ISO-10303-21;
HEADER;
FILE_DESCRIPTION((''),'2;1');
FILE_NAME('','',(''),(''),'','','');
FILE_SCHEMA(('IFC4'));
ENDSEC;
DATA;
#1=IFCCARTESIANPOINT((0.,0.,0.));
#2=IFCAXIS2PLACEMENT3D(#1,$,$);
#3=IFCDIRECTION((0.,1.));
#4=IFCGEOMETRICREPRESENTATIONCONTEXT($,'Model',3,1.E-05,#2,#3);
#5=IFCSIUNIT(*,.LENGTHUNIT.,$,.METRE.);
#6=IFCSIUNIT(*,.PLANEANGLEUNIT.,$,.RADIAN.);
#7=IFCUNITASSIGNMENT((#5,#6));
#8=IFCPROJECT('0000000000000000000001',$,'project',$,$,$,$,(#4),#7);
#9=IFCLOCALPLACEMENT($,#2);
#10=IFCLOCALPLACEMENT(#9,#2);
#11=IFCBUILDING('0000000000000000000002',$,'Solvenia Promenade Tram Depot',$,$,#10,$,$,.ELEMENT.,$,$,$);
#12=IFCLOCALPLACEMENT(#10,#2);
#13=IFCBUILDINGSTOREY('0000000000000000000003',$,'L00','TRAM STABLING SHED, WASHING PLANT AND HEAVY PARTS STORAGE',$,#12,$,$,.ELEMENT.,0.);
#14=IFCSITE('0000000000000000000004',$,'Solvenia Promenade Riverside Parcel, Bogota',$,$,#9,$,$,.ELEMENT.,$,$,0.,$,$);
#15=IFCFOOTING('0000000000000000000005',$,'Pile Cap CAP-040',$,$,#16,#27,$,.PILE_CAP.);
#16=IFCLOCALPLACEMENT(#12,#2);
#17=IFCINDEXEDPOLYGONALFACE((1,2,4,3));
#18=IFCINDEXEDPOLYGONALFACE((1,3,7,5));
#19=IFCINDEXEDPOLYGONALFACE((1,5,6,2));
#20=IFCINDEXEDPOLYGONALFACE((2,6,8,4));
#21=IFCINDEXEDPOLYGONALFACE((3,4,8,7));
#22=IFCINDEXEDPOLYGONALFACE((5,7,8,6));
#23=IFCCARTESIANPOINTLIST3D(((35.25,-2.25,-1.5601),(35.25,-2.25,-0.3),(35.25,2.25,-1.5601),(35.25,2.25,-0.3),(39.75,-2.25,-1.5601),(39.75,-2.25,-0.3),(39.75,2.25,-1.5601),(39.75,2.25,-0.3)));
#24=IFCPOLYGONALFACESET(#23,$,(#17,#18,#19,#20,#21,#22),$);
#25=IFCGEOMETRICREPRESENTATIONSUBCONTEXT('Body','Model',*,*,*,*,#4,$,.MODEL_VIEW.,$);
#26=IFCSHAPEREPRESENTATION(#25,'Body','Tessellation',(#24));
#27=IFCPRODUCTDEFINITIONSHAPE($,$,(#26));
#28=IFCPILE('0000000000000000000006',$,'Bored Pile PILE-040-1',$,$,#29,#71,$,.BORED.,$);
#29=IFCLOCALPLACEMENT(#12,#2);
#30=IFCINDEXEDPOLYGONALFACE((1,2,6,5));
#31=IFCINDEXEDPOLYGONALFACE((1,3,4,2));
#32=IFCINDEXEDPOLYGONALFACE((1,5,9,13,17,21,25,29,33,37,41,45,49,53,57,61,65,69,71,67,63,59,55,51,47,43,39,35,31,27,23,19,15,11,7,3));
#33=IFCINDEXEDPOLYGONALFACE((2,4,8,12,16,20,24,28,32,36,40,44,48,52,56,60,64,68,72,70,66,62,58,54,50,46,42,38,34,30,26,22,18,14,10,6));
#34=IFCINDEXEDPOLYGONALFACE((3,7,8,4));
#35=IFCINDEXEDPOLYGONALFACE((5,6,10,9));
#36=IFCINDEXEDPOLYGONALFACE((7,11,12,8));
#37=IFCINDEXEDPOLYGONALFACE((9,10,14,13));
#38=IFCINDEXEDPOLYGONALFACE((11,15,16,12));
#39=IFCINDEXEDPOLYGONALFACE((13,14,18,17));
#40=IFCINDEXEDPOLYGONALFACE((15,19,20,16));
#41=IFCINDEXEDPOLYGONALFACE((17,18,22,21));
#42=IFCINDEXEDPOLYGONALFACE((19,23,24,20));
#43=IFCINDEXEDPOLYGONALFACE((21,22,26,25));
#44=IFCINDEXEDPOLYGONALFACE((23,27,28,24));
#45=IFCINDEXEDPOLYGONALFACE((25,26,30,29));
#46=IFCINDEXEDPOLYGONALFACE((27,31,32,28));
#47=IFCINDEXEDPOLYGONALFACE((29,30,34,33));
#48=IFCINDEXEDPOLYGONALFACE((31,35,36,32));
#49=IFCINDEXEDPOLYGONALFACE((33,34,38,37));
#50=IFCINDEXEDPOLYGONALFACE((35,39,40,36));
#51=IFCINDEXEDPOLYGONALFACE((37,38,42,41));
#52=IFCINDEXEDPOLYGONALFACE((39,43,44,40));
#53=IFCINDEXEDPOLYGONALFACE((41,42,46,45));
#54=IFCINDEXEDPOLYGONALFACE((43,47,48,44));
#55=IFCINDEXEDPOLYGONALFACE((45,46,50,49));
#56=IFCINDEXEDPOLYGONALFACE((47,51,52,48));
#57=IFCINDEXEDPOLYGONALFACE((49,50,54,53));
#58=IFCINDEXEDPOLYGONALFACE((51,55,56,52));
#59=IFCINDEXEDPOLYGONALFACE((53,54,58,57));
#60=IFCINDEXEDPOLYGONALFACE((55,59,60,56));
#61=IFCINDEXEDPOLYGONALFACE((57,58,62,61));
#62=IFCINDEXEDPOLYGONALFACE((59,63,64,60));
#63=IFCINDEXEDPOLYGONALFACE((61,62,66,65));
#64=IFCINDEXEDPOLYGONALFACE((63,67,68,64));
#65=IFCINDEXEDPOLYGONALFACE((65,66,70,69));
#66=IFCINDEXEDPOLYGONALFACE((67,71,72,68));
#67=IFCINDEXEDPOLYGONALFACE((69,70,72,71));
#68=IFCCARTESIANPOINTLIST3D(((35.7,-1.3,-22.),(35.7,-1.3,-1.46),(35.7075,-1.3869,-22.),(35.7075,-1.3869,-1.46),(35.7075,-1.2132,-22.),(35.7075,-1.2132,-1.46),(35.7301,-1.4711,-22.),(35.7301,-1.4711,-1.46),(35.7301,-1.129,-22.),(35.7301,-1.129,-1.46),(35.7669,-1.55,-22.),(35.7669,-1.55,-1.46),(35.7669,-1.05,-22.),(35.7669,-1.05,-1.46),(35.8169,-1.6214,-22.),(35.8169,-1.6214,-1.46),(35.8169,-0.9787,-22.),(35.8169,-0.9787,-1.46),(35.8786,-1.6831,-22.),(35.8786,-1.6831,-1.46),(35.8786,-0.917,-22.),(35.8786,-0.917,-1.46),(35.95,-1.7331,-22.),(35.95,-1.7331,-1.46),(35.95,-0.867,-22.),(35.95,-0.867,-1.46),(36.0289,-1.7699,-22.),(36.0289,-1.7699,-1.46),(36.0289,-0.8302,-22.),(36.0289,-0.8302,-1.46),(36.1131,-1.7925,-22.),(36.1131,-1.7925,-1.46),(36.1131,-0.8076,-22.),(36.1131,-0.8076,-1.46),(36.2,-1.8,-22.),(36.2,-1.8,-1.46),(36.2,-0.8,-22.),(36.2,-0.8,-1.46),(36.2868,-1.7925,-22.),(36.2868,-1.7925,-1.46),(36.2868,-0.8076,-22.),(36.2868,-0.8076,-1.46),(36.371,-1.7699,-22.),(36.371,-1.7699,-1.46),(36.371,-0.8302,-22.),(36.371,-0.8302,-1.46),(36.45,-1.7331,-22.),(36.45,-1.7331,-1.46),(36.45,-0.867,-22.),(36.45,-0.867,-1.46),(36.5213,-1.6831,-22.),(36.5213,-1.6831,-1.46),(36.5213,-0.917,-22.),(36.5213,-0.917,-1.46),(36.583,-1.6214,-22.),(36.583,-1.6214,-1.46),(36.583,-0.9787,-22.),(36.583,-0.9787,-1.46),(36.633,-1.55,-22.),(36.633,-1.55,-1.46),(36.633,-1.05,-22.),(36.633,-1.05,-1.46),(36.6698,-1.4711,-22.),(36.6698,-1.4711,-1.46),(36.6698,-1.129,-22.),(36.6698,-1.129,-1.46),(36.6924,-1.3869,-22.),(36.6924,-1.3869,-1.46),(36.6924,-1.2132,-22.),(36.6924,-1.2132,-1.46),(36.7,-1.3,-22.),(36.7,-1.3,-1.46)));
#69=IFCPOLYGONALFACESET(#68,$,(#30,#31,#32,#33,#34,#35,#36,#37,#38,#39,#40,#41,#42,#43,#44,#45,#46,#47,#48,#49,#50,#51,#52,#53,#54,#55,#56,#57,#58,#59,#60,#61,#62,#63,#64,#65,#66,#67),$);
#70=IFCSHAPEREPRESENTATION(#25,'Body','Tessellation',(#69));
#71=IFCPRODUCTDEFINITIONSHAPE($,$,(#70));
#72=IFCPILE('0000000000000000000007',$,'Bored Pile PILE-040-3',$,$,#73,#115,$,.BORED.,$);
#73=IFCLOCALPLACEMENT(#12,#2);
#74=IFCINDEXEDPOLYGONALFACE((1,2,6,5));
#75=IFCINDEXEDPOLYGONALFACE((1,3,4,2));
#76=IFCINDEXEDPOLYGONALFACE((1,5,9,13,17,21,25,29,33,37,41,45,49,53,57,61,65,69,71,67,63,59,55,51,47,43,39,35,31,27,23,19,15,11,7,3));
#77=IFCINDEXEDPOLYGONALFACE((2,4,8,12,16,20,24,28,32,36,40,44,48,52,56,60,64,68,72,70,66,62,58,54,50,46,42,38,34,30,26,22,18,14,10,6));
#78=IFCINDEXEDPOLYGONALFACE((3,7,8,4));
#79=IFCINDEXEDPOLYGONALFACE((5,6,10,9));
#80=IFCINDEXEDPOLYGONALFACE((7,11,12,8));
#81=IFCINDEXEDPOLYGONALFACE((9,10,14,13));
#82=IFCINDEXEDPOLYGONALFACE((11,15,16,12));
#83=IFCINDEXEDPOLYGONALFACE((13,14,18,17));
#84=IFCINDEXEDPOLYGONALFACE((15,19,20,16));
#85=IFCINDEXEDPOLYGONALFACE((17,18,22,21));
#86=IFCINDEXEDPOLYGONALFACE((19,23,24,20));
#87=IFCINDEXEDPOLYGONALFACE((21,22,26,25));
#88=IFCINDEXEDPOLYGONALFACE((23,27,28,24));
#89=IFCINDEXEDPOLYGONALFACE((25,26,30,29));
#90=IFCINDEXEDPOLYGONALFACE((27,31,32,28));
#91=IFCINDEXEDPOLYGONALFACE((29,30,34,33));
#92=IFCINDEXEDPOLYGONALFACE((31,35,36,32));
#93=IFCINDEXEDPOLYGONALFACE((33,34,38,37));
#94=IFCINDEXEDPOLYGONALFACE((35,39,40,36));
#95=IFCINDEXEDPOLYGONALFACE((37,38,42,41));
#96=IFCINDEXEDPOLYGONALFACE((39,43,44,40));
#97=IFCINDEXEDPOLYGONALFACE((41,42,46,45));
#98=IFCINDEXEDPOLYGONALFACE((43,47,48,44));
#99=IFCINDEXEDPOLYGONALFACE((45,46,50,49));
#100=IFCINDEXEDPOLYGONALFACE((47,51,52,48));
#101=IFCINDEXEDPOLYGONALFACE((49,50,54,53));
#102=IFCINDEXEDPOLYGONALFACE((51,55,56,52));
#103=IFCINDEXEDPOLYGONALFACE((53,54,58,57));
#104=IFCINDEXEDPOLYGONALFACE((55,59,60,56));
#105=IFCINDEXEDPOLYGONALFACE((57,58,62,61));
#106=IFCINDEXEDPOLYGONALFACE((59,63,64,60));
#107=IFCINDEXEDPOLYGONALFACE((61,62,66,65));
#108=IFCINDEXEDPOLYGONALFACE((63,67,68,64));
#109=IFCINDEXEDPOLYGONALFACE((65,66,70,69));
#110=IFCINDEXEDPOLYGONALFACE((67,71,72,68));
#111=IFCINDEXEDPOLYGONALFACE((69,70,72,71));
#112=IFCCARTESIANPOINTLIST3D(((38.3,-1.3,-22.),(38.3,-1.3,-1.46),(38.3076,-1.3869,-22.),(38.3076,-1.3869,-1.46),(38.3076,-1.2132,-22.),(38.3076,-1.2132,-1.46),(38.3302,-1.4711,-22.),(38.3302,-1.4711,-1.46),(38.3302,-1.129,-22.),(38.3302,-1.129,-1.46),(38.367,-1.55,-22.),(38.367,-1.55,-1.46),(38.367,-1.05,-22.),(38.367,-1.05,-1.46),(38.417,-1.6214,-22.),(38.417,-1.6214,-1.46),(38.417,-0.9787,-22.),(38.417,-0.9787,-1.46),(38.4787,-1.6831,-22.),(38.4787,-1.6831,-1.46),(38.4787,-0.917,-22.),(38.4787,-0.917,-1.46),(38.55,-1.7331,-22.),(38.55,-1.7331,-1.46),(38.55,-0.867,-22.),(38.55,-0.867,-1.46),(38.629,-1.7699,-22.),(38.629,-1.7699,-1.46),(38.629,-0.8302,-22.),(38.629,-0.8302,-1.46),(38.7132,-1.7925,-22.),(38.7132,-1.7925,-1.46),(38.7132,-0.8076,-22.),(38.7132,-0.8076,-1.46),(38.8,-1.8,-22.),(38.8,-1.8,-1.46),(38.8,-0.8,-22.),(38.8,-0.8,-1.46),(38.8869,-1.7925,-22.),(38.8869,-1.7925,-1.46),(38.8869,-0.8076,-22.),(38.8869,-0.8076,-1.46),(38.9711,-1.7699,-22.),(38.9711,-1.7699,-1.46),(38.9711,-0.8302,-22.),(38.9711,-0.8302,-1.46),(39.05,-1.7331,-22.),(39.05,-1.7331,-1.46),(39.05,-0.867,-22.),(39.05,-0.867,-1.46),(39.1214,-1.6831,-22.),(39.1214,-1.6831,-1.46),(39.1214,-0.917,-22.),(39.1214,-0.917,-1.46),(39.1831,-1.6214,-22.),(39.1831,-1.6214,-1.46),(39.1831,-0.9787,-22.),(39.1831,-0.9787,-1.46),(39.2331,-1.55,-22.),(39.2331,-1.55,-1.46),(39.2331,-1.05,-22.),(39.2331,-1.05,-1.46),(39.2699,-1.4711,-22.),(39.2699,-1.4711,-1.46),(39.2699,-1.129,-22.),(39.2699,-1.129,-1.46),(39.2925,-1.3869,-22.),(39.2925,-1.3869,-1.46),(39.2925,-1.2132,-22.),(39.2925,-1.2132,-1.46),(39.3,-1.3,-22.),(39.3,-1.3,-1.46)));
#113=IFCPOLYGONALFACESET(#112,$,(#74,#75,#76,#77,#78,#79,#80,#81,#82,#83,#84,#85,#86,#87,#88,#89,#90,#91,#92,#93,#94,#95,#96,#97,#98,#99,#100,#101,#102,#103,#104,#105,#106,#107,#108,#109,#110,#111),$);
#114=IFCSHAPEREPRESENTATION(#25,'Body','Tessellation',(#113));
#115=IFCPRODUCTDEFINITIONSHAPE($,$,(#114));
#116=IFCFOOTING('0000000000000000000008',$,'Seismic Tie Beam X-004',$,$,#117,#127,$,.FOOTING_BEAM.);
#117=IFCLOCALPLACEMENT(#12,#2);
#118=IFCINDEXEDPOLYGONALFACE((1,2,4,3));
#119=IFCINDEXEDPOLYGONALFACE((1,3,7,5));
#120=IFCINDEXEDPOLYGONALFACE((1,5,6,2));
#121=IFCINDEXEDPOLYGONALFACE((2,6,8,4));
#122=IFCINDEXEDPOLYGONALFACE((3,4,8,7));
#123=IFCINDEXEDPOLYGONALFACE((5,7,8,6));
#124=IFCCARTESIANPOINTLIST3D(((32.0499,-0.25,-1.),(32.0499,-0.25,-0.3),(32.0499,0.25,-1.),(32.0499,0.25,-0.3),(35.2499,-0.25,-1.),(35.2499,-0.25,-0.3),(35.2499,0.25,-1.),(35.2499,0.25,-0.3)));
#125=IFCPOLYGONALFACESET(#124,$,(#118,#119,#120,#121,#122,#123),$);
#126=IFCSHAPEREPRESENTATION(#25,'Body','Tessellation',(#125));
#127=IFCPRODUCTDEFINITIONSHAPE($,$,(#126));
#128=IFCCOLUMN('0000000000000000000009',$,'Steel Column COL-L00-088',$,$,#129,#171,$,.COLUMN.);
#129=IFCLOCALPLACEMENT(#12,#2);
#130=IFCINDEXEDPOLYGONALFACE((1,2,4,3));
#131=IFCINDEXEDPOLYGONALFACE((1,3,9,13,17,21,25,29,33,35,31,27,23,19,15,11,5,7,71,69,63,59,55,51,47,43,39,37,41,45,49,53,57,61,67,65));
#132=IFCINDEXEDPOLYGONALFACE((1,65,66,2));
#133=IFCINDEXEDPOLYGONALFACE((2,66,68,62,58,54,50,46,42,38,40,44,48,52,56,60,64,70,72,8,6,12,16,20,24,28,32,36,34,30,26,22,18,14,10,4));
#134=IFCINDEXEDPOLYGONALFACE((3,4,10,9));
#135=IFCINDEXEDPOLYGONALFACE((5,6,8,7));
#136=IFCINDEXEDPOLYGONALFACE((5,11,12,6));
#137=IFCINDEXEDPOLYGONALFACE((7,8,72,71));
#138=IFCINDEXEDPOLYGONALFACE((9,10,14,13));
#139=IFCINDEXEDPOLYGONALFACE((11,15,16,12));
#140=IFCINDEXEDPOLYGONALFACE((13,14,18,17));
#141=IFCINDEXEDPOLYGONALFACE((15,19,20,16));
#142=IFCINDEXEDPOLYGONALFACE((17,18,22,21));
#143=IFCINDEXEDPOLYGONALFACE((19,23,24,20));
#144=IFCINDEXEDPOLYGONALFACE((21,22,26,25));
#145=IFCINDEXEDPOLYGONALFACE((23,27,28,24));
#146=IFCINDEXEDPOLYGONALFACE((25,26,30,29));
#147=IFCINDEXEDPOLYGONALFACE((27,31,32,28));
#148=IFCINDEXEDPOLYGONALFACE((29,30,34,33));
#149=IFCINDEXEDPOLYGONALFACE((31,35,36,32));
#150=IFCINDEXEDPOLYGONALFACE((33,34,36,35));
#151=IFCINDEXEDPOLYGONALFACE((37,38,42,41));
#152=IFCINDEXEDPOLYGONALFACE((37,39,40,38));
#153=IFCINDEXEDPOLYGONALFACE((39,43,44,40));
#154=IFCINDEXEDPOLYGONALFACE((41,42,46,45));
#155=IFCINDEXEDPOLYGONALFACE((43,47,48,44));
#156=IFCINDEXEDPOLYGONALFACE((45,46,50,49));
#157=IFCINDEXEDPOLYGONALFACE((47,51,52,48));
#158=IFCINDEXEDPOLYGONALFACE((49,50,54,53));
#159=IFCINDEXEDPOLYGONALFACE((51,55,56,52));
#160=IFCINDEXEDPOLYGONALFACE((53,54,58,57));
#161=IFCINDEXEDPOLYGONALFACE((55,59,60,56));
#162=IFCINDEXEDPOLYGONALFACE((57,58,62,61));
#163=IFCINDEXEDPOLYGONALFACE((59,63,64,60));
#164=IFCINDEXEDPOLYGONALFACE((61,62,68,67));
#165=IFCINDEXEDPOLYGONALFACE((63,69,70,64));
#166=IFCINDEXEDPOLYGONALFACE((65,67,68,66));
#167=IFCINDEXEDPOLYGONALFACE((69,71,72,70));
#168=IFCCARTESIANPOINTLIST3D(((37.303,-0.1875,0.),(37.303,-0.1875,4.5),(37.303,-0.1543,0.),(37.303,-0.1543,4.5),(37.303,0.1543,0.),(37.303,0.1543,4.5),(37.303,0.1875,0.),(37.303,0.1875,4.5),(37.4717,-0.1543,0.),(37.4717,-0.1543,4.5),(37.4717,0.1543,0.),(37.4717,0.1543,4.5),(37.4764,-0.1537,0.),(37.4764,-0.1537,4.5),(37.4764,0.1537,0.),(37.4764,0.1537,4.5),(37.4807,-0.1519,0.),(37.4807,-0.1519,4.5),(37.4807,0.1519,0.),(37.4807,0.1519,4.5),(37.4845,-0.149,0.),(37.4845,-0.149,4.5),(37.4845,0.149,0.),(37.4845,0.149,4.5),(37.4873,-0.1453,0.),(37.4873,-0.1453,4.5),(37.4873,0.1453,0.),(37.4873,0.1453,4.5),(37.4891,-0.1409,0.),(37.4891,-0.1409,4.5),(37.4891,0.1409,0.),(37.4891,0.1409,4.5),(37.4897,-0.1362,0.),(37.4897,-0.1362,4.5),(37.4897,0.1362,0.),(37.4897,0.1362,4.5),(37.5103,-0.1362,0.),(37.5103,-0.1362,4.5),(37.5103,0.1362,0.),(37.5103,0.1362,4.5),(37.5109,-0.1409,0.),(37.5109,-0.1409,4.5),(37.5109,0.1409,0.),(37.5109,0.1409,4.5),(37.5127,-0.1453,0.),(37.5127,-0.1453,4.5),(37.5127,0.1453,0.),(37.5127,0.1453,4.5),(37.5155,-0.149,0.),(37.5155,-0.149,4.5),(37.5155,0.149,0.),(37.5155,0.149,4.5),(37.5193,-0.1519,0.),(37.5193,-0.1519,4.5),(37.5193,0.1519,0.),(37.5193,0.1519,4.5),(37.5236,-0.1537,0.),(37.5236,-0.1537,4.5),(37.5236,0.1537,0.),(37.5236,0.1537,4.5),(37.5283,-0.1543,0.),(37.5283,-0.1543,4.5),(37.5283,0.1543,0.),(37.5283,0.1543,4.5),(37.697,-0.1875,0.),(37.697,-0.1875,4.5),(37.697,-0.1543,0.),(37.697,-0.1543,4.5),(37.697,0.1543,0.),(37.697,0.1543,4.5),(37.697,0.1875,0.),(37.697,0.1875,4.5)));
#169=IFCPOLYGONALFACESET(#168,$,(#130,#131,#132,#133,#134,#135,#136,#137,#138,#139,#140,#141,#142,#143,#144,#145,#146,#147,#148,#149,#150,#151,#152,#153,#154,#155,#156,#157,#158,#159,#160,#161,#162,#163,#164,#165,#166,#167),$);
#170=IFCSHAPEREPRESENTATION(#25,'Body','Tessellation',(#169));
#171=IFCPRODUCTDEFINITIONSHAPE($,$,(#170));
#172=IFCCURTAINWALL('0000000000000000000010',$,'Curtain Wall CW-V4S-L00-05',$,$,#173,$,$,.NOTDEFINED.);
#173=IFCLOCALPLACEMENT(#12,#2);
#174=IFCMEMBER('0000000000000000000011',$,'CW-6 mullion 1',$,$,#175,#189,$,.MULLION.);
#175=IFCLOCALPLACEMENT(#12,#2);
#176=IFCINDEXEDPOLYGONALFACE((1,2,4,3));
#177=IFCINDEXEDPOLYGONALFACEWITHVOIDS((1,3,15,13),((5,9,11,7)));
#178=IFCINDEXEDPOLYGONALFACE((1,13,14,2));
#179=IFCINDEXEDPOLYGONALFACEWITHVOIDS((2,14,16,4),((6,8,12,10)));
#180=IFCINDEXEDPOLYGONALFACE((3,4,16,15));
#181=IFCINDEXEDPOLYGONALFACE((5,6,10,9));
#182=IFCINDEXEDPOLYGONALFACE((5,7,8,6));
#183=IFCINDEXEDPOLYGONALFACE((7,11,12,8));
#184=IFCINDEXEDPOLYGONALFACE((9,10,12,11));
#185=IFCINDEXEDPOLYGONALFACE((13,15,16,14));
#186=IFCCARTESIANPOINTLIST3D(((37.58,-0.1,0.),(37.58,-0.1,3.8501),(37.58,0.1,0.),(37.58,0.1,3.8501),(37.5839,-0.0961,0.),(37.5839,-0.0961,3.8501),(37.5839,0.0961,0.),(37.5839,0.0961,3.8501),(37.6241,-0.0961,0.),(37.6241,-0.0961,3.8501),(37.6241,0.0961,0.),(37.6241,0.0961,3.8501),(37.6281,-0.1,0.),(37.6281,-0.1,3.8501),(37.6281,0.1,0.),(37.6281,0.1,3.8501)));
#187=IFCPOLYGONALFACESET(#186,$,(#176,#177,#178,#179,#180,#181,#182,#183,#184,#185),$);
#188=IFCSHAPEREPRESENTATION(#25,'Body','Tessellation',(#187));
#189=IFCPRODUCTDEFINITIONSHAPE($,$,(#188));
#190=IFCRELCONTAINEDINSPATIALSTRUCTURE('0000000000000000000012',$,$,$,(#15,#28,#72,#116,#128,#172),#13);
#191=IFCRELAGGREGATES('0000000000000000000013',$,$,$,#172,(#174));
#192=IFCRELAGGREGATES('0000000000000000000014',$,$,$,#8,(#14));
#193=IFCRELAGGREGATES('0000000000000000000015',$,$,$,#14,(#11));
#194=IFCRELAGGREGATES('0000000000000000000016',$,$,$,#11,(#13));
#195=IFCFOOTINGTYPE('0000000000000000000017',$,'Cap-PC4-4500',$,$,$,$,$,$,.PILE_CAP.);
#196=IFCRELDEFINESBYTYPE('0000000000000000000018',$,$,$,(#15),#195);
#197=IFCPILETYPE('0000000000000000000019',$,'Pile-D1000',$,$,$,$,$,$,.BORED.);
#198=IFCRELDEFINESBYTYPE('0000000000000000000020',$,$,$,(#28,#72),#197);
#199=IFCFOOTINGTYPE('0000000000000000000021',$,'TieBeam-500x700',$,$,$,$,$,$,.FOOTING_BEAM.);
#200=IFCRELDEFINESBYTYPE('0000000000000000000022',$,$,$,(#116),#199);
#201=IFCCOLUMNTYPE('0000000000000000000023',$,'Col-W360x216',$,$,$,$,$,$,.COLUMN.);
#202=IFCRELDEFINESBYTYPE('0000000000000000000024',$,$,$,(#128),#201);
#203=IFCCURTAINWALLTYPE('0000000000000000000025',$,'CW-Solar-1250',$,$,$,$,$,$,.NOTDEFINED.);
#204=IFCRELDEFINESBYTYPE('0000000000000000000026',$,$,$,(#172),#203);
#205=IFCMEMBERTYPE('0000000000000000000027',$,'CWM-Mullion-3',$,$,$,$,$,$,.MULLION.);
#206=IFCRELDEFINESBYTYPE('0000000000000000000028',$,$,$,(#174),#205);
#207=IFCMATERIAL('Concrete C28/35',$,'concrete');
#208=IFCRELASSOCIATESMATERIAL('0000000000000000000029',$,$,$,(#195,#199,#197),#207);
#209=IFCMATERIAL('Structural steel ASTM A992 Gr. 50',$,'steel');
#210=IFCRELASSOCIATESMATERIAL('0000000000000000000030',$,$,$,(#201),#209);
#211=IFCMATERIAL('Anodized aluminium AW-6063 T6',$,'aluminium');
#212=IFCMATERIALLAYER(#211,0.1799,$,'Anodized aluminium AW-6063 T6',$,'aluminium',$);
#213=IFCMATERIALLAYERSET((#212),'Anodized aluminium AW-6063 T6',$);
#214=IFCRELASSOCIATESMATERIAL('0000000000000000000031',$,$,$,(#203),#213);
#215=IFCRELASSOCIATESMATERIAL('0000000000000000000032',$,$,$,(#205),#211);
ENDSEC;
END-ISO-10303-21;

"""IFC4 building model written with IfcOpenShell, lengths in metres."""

from ifc_helpers import new_model, si_unit, direction, frame, origin, origin_2d, place, context, subcontext, project, spatial, rectangle, hollow_rectangle, circle, i_section, extrude, material, layer, layer_set, material_profile, profile_set, type_object, element, aggregate, save


model = new_model("IFC4")

# Units and contexts
model_context = context("Model", 3, precision=1e-05, world=origin(), true_north=direction((0.0, 1.0)))
body_context = subcontext(model_context, "Body", "Model", "MODEL_VIEW")
ifc_project = project(units=[si_unit("LENGTHUNIT", "METRE"), si_unit("PLANEANGLEUNIT", "RADIAN")], contexts=[model_context])

# Site, building, storey
site_placement = place(None, origin())
site = spatial("IfcSite", under=ifc_project, at=site_placement, Name="Solvenia Promenade Riverside Parcel, Bogota", CompositionType="ELEMENT", RefElevation=0.0)
building_placement = place(site_placement, origin())
building = spatial("IfcBuilding", under=site, at=building_placement, Name="Solvenia Promenade Tram Depot", CompositionType="ELEMENT")
storey_placement = place(building_placement, origin())
storey = spatial("IfcBuildingStorey", under=building, at=storey_placement, Name="L00", Description="TRAM STABLING SHED, WASHING PLANT AND HEAVY PARTS STORAGE", CompositionType="ELEMENT", Elevation=0.0)

# Footing
ifc_material_1 = material(Name="Concrete C28/35", Category="concrete")
footing_type_1 = type_object("IfcFootingType", Name="Cap-PC4-4500", PredefinedType="PILE_CAP", material=ifc_material_1)
footing_1_placement = place(storey_placement, frame((37.5, 0.0, -1.5601), z_axis=(0.0, 0.0, 1.0), x_axis=(1.0, 0.0, 0.0)))
element("IfcFooting", 1, at=footing_1_placement, inside=storey, type_object=footing_type_1, Name="Pile Cap CAP-040", PredefinedType="PILE_CAP", context=body_context, shape_type="SweptSolid", body=[
    extrude(rectangle(XDim=4.5, YDim=4.5, at=origin_2d()), origin(), (0.0, 0.0, 1.0), 1.26),
])

# Piles
ifc_material_profile_1 = material_profile(ifc_material_1, circle(Radius=0.5, at=origin_2d()), Name="D1000", Category="concrete")
ifc_profile_set_1 = profile_set([ifc_material_profile_1], Name="Concrete C28/35")
pile_type = type_object("IfcPileType", Name="Pile-D1000", PredefinedType="BORED", material=ifc_profile_set_1)
for number, where, z_axis, x_axis, name in (
    (2, (36.2, -1.3, -1.46), (0.0, 0.0, -1.0), (1.0, 0.0, 0.0), "Bored Pile PILE-040-1"),
    (3, (38.8, -1.3, -1.46), (0.0, 0.0, -1.0), (1.0, 0.0, 0.0), "Bored Pile PILE-040-3"),
):
    element("IfcPile", number, at=place(storey_placement, frame(where, z_axis=z_axis, x_axis=x_axis)), inside=storey, type_object=pile_type, Name=name, PredefinedType="BORED", context=body_context, shape_type="SweptSolid", body=[
        extrude(circle(Radius=0.5, at=origin_2d()), origin(), (0.0, 0.0, 1.0), 20.54),
    ])

# Footing
footing_type_2 = type_object("IfcFootingType", Name="TieBeam-500x700", PredefinedType="FOOTING_BEAM", material=ifc_material_1)
footing_2_placement = place(storey_placement, frame((33.6499, 0.0, -1.0), z_axis=(0.0, 0.0, 1.0), x_axis=(1.0, 0.0, 0.0)))
element("IfcFooting", 4, at=footing_2_placement, inside=storey, type_object=footing_type_2, Name="Seismic Tie Beam X-004", PredefinedType="FOOTING_BEAM", context=body_context, shape_type="SweptSolid", body=[
    extrude(rectangle(XDim=3.2, YDim=0.5, at=origin_2d()), origin(), (0.0, 0.0, 1.0), 0.7),
])

# Column
ifc_material_2 = material(Name="Structural steel ASTM A992 Gr. 50", Category="steel")
ifc_material_profile_2 = material_profile(ifc_material_2, i_section(OverallWidth=0.394, OverallDepth=0.375, WebThickness=0.0205, FlangeThickness=0.0332, FilletRadius=0.0181, at=origin_2d()), Name="W360x216", Category="steel")
ifc_profile_set_2 = profile_set([ifc_material_profile_2], Name="Structural steel ASTM A992 Gr. 50")
column_type = type_object("IfcColumnType", Name="Col-W360x216", PredefinedType="COLUMN", material=ifc_profile_set_2)
column_placement = place(storey_placement, frame((37.5, 0.0, 0.0), z_axis=(0.0, 0.0, 1.0), x_axis=(1.0, 0.0, 0.0)))
element("IfcColumn", 5, at=column_placement, inside=storey, type_object=column_type, Name="Steel Column COL-L00-088", PredefinedType="COLUMN", context=body_context, shape_type="SweptSolid", body=[
    extrude(i_section(OverallWidth=0.394, OverallDepth=0.375, WebThickness=0.0205, FlangeThickness=0.0332, FilletRadius=0.0181, at=origin_2d()), origin(), (0.0, 0.0, 1.0), 4.5),
])

# Curtain wall, member
ifc_material_3 = material(Name="Anodized aluminium AW-6063 T6", Category="aluminium")
ifc_layer_1 = layer(ifc_material_3, 0.1799, Name="Anodized aluminium AW-6063 T6", Category="aluminium")
ifc_layer_set_1 = layer_set([ifc_layer_1], Name="Anodized aluminium AW-6063 T6")
curtain_wall_type = type_object("IfcCurtainWallType", Name="CW-Solar-1250", PredefinedType="NOTDEFINED", material=ifc_layer_set_1)
curtain_wall_placement = place(storey_placement, origin())
curtain_wall = element("IfcCurtainWall", 6, at=curtain_wall_placement, inside=storey, type_object=curtain_wall_type, Name="Curtain Wall CW-V4S-L00-05", PredefinedType="NOTDEFINED")
ifc_material_profile_3 = material_profile(ifc_material_3, hollow_rectangle(XDim=0.2, YDim=0.0481, WallThickness=0.0039, at=origin_2d()), Name="ALU-M3", Category="aluminium")
ifc_profile_set_3 = profile_set([ifc_material_profile_3], Name="Anodized aluminium AW-6063 T6")
member_type_1 = type_object("IfcMemberType", Name="CWM-Mullion-3", PredefinedType="MULLION", material=ifc_profile_set_3)
member_1_placement = place(storey_placement, frame((37.604, 0.0, 0.0), z_axis=(0.0, 0.0, 1.0), x_axis=(0.0, 1.0, 0.0)))
member_1 = element("IfcMember", 7, at=member_1_placement, type_object=member_type_1, Name="CW-6 mullion 1", PredefinedType="MULLION", context=body_context, shape_type="SweptSolid", body=[
    extrude(hollow_rectangle(XDim=0.2, YDim=0.0481, WallThickness=0.0039, at=origin_2d()), origin(), (0.0, 0.0, 1.0), 3.8501),
])
aggregate(curtain_wall, [member_1])

save(model, "model.ifc")
